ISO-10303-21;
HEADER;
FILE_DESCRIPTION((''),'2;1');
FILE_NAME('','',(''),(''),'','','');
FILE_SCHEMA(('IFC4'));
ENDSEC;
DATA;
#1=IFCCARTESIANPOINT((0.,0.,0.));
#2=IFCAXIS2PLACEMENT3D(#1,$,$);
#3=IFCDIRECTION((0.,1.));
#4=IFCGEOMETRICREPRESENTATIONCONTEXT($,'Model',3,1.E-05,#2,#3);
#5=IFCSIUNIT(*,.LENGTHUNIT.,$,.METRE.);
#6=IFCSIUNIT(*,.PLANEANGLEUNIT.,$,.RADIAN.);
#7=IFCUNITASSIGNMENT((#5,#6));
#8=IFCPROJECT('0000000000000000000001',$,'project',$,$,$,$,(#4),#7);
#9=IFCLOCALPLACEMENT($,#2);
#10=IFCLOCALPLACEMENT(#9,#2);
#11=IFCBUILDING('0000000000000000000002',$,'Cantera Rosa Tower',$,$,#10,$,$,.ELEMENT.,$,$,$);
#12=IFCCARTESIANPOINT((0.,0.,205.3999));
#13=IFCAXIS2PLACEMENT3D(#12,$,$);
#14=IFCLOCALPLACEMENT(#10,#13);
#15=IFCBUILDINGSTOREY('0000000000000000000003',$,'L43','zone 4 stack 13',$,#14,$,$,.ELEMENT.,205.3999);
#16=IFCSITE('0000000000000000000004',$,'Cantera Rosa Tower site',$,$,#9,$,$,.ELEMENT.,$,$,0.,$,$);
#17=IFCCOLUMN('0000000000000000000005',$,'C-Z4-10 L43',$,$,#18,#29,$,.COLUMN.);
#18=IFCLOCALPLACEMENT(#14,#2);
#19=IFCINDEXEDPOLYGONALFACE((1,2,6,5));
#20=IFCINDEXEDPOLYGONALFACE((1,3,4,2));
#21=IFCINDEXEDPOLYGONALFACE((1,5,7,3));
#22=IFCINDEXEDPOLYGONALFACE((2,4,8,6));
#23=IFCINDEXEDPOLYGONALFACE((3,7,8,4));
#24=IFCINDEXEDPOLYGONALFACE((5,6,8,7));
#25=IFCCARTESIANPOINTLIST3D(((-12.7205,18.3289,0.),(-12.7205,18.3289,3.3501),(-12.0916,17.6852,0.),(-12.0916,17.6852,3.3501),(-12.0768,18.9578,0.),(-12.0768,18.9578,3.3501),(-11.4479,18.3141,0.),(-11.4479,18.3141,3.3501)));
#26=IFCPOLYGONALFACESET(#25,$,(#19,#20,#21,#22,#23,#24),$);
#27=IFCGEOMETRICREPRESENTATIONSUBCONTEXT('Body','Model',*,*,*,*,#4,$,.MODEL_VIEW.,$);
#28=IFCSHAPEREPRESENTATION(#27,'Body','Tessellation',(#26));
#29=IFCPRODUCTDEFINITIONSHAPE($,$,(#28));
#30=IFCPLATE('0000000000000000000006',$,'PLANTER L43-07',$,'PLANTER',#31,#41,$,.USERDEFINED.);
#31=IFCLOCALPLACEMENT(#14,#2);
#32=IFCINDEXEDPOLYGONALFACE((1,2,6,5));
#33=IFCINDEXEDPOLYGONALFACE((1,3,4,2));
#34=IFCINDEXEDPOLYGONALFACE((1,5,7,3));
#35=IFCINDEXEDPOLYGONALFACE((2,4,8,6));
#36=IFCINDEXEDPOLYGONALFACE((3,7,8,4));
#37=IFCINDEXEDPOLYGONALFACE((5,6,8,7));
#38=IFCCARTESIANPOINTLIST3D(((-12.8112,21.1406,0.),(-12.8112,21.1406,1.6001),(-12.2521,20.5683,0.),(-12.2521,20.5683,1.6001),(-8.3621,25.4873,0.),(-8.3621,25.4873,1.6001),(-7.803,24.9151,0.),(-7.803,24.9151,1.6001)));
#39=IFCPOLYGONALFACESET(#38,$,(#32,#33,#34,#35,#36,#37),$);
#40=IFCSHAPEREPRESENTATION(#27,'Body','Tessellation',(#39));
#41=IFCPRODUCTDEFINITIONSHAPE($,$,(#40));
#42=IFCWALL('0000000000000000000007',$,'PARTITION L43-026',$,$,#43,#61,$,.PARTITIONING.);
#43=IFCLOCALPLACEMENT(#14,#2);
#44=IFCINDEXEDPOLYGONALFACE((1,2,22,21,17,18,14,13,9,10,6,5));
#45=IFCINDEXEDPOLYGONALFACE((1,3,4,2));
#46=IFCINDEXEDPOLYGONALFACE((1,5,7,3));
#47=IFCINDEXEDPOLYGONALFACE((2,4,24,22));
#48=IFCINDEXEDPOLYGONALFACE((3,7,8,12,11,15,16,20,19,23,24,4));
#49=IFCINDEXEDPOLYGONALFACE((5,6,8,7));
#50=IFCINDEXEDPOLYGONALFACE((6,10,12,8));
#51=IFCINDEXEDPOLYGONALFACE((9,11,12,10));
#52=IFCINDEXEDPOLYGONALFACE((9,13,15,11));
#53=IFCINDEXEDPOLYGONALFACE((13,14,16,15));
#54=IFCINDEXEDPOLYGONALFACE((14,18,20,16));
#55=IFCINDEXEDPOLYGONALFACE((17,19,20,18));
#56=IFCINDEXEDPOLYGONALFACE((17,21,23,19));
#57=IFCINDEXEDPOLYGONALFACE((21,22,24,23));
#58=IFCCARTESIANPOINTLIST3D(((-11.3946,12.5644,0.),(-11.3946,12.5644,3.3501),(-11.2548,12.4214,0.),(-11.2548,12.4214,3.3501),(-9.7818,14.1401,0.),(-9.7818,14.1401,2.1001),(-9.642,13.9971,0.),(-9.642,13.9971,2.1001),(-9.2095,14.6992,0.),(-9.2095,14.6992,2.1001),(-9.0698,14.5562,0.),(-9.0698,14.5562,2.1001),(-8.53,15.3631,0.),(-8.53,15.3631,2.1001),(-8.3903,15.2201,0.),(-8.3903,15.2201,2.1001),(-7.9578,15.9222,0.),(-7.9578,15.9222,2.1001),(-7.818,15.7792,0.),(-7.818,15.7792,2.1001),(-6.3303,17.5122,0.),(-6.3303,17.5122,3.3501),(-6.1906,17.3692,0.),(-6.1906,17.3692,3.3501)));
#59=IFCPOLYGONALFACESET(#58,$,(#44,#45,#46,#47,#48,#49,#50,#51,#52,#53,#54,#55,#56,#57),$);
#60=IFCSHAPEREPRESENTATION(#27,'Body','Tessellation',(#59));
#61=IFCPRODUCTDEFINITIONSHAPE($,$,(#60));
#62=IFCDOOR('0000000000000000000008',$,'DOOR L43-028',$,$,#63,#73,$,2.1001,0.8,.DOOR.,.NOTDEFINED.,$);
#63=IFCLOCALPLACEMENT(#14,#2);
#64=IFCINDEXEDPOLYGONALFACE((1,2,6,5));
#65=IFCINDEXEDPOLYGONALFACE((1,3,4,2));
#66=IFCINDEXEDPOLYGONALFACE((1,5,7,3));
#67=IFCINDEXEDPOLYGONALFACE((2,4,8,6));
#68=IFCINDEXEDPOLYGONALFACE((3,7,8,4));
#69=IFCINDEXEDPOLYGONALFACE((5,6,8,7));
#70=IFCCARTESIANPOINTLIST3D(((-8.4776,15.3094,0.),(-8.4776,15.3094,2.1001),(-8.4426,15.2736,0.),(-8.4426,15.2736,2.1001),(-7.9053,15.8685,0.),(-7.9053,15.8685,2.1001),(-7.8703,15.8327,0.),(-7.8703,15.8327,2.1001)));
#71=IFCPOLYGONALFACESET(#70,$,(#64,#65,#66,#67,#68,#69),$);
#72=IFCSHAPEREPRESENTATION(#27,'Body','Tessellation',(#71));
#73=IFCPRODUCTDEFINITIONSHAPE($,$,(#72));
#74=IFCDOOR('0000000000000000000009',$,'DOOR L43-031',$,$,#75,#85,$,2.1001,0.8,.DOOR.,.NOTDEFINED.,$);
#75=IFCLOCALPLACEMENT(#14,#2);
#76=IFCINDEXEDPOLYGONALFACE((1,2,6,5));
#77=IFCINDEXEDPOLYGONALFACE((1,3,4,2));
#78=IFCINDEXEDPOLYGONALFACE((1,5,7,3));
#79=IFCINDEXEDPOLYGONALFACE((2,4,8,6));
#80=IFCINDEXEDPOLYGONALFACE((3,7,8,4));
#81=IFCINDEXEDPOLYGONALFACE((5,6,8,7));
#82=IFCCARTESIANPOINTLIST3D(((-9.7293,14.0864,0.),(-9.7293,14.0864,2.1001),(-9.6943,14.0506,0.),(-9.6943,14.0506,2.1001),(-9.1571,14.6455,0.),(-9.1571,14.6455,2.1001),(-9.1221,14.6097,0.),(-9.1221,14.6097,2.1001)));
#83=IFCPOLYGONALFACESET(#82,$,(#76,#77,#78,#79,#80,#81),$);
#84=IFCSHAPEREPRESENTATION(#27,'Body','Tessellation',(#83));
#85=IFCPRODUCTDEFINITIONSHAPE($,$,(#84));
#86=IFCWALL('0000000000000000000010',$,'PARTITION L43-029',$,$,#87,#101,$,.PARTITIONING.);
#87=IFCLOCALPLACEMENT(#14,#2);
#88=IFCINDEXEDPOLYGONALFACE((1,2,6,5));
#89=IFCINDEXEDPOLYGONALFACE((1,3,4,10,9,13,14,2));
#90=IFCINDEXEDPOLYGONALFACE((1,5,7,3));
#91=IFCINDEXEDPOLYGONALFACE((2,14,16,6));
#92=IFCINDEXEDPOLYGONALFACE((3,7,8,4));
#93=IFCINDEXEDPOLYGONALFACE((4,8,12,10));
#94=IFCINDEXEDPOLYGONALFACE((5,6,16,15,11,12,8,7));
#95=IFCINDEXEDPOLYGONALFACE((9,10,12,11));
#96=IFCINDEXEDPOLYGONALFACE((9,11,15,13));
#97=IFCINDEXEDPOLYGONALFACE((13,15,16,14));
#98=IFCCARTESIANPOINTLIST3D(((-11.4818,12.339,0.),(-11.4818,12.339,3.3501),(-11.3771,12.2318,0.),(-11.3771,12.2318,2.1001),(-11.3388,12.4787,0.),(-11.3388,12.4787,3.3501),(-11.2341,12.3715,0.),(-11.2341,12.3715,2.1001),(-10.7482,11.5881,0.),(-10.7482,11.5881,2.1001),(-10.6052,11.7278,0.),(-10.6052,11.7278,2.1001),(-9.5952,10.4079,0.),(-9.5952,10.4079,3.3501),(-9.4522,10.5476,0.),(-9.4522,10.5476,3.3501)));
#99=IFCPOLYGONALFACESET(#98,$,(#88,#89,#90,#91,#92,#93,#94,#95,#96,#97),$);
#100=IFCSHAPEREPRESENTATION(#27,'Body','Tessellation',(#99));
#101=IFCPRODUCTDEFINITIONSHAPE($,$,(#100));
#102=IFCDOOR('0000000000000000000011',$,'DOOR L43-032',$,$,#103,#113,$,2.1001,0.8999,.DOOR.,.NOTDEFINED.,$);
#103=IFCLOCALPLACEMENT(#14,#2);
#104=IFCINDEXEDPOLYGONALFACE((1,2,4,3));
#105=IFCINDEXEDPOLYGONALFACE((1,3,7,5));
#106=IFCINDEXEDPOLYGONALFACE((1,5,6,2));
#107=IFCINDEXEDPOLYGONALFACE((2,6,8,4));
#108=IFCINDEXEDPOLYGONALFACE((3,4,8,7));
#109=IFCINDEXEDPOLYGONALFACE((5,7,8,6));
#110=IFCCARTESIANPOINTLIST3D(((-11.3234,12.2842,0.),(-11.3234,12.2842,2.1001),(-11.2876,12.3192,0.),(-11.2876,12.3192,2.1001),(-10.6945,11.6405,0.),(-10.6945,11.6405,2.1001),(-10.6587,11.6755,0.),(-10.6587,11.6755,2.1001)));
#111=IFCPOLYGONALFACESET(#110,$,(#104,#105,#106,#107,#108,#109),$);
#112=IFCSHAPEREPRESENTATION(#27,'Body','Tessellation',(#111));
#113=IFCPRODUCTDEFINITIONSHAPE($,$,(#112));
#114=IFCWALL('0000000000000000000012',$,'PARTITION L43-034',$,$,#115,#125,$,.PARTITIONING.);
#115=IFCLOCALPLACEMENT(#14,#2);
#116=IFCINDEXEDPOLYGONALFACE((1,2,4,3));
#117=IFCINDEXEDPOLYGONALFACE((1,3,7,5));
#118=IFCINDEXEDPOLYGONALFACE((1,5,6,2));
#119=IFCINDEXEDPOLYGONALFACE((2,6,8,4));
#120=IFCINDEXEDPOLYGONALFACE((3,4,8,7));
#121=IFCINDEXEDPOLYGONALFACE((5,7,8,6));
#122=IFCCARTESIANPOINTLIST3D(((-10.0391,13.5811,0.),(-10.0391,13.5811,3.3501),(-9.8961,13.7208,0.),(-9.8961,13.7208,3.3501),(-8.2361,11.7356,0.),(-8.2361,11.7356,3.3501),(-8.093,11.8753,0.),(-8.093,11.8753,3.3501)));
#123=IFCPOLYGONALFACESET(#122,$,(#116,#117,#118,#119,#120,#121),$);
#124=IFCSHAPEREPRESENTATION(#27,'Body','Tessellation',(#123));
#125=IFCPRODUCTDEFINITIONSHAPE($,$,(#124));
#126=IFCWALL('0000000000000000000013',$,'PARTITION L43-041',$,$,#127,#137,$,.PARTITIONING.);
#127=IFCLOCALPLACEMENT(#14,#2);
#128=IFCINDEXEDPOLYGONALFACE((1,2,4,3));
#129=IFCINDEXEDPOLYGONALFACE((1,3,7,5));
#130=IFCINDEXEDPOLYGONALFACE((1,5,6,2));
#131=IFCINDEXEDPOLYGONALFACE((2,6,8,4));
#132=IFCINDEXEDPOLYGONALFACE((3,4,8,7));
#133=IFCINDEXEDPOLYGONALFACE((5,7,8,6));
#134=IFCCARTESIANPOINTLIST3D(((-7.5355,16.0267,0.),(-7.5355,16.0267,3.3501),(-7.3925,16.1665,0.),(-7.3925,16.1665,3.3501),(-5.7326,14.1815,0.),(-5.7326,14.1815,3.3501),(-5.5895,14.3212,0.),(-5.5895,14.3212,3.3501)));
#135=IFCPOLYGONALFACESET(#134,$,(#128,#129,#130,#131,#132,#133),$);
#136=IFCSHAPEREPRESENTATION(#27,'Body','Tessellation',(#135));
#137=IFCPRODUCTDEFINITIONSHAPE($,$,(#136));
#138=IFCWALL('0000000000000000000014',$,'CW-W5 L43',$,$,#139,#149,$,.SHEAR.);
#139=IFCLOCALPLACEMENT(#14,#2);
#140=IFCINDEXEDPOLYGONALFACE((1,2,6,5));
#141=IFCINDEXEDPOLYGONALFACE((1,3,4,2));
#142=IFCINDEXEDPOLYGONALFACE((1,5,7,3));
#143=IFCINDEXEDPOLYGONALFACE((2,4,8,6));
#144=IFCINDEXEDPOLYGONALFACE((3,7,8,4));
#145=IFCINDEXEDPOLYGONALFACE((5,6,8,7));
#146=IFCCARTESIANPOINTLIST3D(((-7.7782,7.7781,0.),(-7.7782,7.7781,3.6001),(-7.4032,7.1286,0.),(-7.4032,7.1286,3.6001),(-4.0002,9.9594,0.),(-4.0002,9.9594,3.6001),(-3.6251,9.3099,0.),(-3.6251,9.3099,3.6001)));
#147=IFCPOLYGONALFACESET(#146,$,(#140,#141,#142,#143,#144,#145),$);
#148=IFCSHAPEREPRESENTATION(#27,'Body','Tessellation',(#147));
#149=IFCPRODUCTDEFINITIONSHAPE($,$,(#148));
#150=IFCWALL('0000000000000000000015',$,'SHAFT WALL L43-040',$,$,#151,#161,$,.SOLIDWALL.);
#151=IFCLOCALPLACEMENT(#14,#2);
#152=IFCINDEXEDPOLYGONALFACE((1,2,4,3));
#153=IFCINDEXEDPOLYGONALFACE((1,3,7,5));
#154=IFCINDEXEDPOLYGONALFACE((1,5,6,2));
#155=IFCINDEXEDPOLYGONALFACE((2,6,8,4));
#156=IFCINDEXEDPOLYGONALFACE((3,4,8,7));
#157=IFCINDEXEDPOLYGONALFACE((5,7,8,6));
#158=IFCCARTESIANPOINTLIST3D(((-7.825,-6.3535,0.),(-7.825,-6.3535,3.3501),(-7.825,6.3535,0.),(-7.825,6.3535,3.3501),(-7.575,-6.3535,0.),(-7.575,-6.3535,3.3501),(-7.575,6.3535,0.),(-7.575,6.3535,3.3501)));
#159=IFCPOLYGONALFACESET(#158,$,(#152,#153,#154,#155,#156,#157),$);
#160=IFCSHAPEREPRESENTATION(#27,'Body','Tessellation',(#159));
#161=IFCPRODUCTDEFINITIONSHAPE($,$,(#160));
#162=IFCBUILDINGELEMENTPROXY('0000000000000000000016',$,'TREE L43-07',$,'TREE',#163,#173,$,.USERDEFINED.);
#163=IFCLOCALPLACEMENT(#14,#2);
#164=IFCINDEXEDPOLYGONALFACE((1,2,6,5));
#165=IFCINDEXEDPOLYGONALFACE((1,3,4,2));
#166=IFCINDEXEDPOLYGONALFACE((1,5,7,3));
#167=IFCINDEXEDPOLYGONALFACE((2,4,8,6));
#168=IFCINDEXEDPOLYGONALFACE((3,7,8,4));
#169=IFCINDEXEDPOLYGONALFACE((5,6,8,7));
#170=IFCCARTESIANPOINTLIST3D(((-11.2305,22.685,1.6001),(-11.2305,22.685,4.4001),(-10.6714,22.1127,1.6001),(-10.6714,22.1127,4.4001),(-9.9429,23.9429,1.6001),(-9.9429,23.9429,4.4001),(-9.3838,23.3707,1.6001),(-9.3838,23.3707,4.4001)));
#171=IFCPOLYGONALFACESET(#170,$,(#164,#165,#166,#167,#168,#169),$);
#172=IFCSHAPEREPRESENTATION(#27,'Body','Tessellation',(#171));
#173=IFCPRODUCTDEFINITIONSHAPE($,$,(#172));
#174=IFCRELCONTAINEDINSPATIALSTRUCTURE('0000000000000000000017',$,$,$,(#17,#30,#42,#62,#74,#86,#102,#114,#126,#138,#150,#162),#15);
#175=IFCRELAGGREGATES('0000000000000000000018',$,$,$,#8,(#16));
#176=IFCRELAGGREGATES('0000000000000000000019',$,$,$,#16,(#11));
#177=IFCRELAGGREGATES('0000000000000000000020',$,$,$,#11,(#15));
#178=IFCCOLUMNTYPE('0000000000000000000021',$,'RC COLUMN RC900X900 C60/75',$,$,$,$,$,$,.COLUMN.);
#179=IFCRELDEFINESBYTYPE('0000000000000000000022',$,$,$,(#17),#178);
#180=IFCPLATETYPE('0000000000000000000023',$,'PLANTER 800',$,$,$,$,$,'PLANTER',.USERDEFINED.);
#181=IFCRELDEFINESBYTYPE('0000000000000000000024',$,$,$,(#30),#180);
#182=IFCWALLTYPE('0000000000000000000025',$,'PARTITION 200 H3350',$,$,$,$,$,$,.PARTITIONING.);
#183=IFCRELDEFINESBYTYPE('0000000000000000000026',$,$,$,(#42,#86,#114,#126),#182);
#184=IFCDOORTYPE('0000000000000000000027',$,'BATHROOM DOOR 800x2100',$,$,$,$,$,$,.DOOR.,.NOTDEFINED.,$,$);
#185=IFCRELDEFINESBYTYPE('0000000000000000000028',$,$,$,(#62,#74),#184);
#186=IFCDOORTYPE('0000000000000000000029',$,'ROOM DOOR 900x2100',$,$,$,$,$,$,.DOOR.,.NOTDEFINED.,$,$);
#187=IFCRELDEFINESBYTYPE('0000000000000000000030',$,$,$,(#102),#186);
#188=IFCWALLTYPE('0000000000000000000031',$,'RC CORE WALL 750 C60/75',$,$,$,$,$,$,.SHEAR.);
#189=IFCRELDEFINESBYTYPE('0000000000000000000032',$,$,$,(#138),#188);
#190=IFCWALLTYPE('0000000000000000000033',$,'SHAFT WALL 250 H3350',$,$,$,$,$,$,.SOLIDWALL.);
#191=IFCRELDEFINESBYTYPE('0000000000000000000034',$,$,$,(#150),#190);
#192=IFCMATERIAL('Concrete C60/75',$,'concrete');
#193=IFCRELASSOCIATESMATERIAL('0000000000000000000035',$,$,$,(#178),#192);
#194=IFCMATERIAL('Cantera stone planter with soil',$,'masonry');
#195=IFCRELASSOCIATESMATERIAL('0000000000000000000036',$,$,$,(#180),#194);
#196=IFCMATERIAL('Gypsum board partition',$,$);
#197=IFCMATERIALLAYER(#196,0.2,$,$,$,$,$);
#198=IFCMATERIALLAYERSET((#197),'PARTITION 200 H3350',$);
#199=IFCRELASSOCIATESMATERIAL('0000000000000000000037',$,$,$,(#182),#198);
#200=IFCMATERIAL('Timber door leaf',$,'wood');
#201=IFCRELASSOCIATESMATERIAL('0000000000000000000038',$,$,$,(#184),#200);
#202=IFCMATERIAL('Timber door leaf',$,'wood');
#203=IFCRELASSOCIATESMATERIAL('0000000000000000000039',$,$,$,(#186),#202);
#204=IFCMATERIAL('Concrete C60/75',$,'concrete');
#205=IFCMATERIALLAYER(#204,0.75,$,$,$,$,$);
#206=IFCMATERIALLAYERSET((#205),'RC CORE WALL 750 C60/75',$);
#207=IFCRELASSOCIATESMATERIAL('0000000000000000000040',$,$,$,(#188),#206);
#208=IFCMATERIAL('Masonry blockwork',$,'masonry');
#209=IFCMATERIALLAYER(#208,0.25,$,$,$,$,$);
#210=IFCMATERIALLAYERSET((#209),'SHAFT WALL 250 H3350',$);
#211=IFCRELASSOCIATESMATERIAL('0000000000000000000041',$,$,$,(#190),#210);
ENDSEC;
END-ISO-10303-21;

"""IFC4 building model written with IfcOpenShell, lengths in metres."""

from ifc_helpers import new_model, si_unit, direction, frame, frame_2d, origin, origin_2d, place, context, subcontext, project, spatial, rectangle, extrude, material, layer, layer_set, material_profile, profile_set, type_object, element, fill, save


model = new_model("IFC4")

# Units and contexts
model_context = context("Model", 3, precision=1e-05, world=origin(), true_north=direction((0.0, 1.0)))
body_context = subcontext(model_context, "Body", "Model", "MODEL_VIEW")
ifc_project = project(units=[si_unit("LENGTHUNIT", "METRE"), si_unit("PLANEANGLEUNIT", "RADIAN")], contexts=[model_context])

# Site, building, storey
site_placement = place(None, origin())
site = spatial("IfcSite", under=ifc_project, at=site_placement, Name="Cantera Rosa Tower site", CompositionType="ELEMENT", RefElevation=0.0)
building_placement = place(site_placement, origin())
building = spatial("IfcBuilding", under=site, at=building_placement, Name="Cantera Rosa Tower", CompositionType="ELEMENT")
storey_placement = place(building_placement, frame((0.0, 0.0, 205.3999)))
storey = spatial("IfcBuildingStorey", under=building, at=storey_placement, Name="L43", Description="zone 4 stack 13", CompositionType="ELEMENT", Elevation=205.3999)

# Column
ifc_material_1 = material(Name="Concrete C60/75", Category="concrete")
ifc_material_profile = material_profile(ifc_material_1, rectangle(XDim=0.8999, YDim=0.8999, at=origin_2d()), Name="RC COLUMN RC900X900 C60/75")
ifc_profile_set = profile_set([ifc_material_profile], Name="Concrete C60/75")
column_type = type_object("IfcColumnType", Name="RC COLUMN RC900X900 C60/75", PredefinedType="COLUMN", material=ifc_profile_set)
column_placement = place(storey_placement, frame((-12.0842, 18.3215, 0.0), z_axis=(0.0, 0.0, 1.0), x_axis=(0.715286, 0.698832, 0.0)))
element("IfcColumn", 1, at=column_placement, inside=storey, type_object=column_type, Name="C-Z4-10 L43", PredefinedType="COLUMN", context=body_context, shape_type="SweptSolid", body=[
    extrude(rectangle(XDim=0.8999, YDim=0.8999, at=origin_2d()), origin(), (0.0, 0.0, 1.0), 3.3501),
])

# Plate
ifc_material_2 = material(Name="Cantera stone planter with soil", Category="masonry")
plate_type = type_object("IfcPlateType", Name="PLANTER 800", ElementType="PLANTER", PredefinedType="USERDEFINED", material=ifc_material_2)
plate_placement = place(storey_placement, frame((-10.3071, 23.0278, 0.0), z_axis=(0.0, 0.0, 1.0), x_axis=(-0.715286, -0.698832, 0.0)))
element("IfcPlate", 2, at=plate_placement, inside=storey, type_object=plate_type, Name="PLANTER L43-07", ObjectType="PLANTER", PredefinedType="USERDEFINED", context=body_context, shape_type="SweptSolid", body=[
    extrude(rectangle(XDim=6.22, YDim=0.8, at=origin_2d()), origin(), (0.0, 0.0, 1.0), 1.6001),
])

# Wall, openings, doors
ifc_material_3 = material(Name="Gypsum board partition")
ifc_layer_1 = layer(ifc_material_3, 0.2)
ifc_layer_set_1 = layer_set([ifc_layer_1], Name="PARTITION 200 H3350")
wall_type_1 = type_object("IfcWallType", Name="PARTITION 200 H3350", PredefinedType="PARTITIONING", material=ifc_layer_set_1)
wall_1_placement = place(storey_placement, frame((-11.3247, 12.4929, 0.0), z_axis=(0.0, 0.0, 1.0), x_axis=(0.715283, 0.698835, 0.0)))
wall_1 = element("IfcWall", 3, at=wall_1_placement, inside=storey, type_object=wall_type_1, Name="PARTITION L43-026", PredefinedType="PARTITIONING", context=body_context, shape_type="SweptSolid", body=[
    extrude(rectangle(XDim=7.0801, YDim=0.2, at=frame_2d((3.54, 0.0))), origin(), (0.0, 0.0, 1.0), 3.3501),
])
opening_1_placement = place(wall_1_placement, frame((4.0049, 0.0, 0.0)))
opening_1 = element("IfcOpeningElement", 4, at=opening_1_placement, cuts=wall_1, PredefinedType="OPENING", context=body_context, shape_type="SweptSolid", body=[
    extrude(rectangle(XDim=0.8, YDim=2.1001, at=frame_2d((0.3999, 1.05))), frame((0.0, 0.1099, 0.0), z_axis=(0.0, -1.0, 0.0), x_axis=(1.0, 0.0, 0.0)), (0.0, 0.0, 1.0), 0.22),
])
opening_2_placement = place(wall_1_placement, frame((2.2549, 0.0, 0.0)))
opening_2 = element("IfcOpeningElement", 5, at=opening_2_placement, cuts=wall_1, PredefinedType="OPENING", context=body_context, shape_type="SweptSolid", body=[
    extrude(rectangle(XDim=0.8, YDim=2.1001, at=frame_2d((0.3999, 1.05))), frame((0.0, 0.1099, 0.0), z_axis=(0.0, -1.0, 0.0), x_axis=(1.0, 0.0, 0.0)), (0.0, 0.0, 1.0), 0.22),
])
ifc_material_4 = material(Name="Timber door leaf", Category="wood")
door_type_1 = type_object("IfcDoorType", Name="BATHROOM DOOR 800x2100", OperationType="NOTDEFINED", PredefinedType="DOOR", material=ifc_material_4)
door_1_placement = place(opening_1_placement, origin())
door_1 = element("IfcDoor", 6, at=door_1_placement, inside=storey, type_object=door_type_1, Name="DOOR L43-028", OperationType="NOTDEFINED", OverallHeight=2.1001, OverallWidth=0.8, PredefinedType="DOOR", context=body_context, shape_type="SweptSolid", body=[
    extrude(rectangle(XDim=0.8, YDim=2.1001, at=frame_2d((0.3999, 1.05))), frame((0.0, 0.0249, 0.0), z_axis=(0.0, -1.0, 0.0), x_axis=(1.0, 0.0, 0.0)), (0.0, 0.0, 1.0), 0.05),
])
fill(opening_1, door_1)
door_2_placement = place(opening_2_placement, origin())
door_2 = element("IfcDoor", 7, at=door_2_placement, inside=storey, type_object=door_type_1, Name="DOOR L43-031", OperationType="NOTDEFINED", OverallHeight=2.1001, OverallWidth=0.8, PredefinedType="DOOR", context=body_context, shape_type="SweptSolid", body=[
    extrude(rectangle(XDim=0.8, YDim=2.1001, at=frame_2d((0.3999, 1.05))), frame((0.0, 0.0249, 0.0), z_axis=(0.0, -1.0, 0.0), x_axis=(1.0, 0.0, 0.0)), (0.0, 0.0, 1.0), 0.05),
])
fill(opening_2, door_2)

# Wall, opening, door
wall_2_placement = place(storey_placement, frame((-9.5237, 10.4778, 0.0), z_axis=(0.0, 0.0, 1.0), x_axis=(-0.69883, 0.715288, 0.0)))
wall_2 = element("IfcWall", 8, at=wall_2_placement, inside=storey, type_object=wall_type_1, Name="PARTITION L43-029", PredefinedType="PARTITIONING", context=body_context, shape_type="SweptSolid", body=[
    extrude(rectangle(XDim=2.6997, YDim=0.2, at=frame_2d((1.3499, 0.0))), origin(), (0.0, 0.0, 1.0), 3.3501),
])
opening_3_placement = place(wall_2_placement, frame((1.6499, 0.0, 0.0)))
opening_3 = element("IfcOpeningElement", 9, at=opening_3_placement, cuts=wall_2, PredefinedType="OPENING", context=body_context, shape_type="SweptSolid", body=[
    extrude(rectangle(XDim=0.8999, YDim=2.1001, at=frame_2d((0.45, 1.05))), frame((0.0, 0.1099, 0.0), z_axis=(0.0, -1.0, 0.0), x_axis=(1.0, 0.0, 0.0)), (0.0, 0.0, 1.0), 0.22),
])
ifc_material_5 = material(Name="Timber door leaf", Category="wood")
door_type_2 = type_object("IfcDoorType", Name="ROOM DOOR 900x2100", OperationType="NOTDEFINED", PredefinedType="DOOR", material=ifc_material_5)
door_3_placement = place(opening_3_placement, origin())
door_3 = element("IfcDoor", 10, at=door_3_placement, inside=storey, type_object=door_type_2, Name="DOOR L43-032", OperationType="NOTDEFINED", OverallHeight=2.1001, OverallWidth=0.8999, PredefinedType="DOOR", context=body_context, shape_type="SweptSolid", body=[
    extrude(rectangle(XDim=0.8999, YDim=2.1001, at=frame_2d((0.45, 1.05))), frame((0.0, 0.0249, 0.0), z_axis=(0.0, -1.0, 0.0), x_axis=(1.0, 0.0, 0.0)), (0.0, 0.0, 1.0), 0.05),
])
fill(opening_3, door_3)

# Walls
wall_3_placement = place(storey_placement, frame((-8.1646, 11.8054, 0.0), z_axis=(0.0, 0.0, 1.0), x_axis=(-0.698826, 0.715291, 0.0)))
element("IfcWall", 11, at=wall_3_placement, inside=storey, type_object=wall_type_1, Name="PARTITION L43-034", PredefinedType="PARTITIONING", context=body_context, shape_type="SweptSolid", body=[
    extrude(rectangle(XDim=2.5801, YDim=0.2, at=frame_2d((1.29, 0.0))), origin(), (0.0, 0.0, 1.0), 3.3501),
])
wall_4_placement = place(storey_placement, frame((-7.4641, 16.0967, 0.0), z_axis=(0.0, 0.0, 1.0), x_axis=(0.698874, -0.715245, 0.0)))
element("IfcWall", 12, at=wall_4_placement, inside=storey, type_object=wall_type_1, Name="PARTITION L43-041", PredefinedType="PARTITIONING", context=body_context, shape_type="SweptSolid", body=[
    extrude(rectangle(XDim=2.5798, YDim=0.2, at=frame_2d((1.29, 0.0))), origin(), (0.0, 0.0, 1.0), 3.3501),
])
ifc_material_6 = material(Name="Concrete C60/75", Category="concrete")
ifc_layer_2 = layer(ifc_material_6, 0.75)
ifc_layer_set_2 = layer_set([ifc_layer_2], Name="RC CORE WALL 750 C60/75")
wall_type_2 = type_object("IfcWallType", Name="RC CORE WALL 750 C60/75", PredefinedType="SHEAR", material=ifc_layer_set_2)
wall_5_placement = place(storey_placement, frame((-7.5906, 7.4534, 0.0), z_axis=(0.0, 0.0, 1.0), x_axis=(0.866013, 0.500021, 0.0)))
element("IfcWall", 13, at=wall_5_placement, inside=storey, type_object=wall_type_2, Name="CW-W5 L43", PredefinedType="SHEAR", context=body_context, shape_type="SweptSolid", body=[
    extrude(rectangle(XDim=4.3625, YDim=0.75, at=frame_2d((2.1812, 0.0))), origin(), (0.0, 0.0, 1.0), 3.6001),
])
ifc_material_7 = material(Name="Masonry blockwork", Category="masonry")
ifc_layer_3 = layer(ifc_material_7, 0.25)
ifc_layer_set_3 = layer_set([ifc_layer_3], Name="SHAFT WALL 250 H3350")
wall_type_3 = type_object("IfcWallType", Name="SHAFT WALL 250 H3350", PredefinedType="SOLIDWALL", material=ifc_layer_set_3)
wall_6_placement = place(storey_placement, frame((-7.7, 6.3535, 0.0), z_axis=(0.0, 0.0, 1.0), x_axis=(0.0, -1.0, 0.0)))
element("IfcWall", 14, at=wall_6_placement, inside=storey, type_object=wall_type_3, Name="SHAFT WALL L43-040", PredefinedType="SOLIDWALL", context=body_context, shape_type="SweptSolid", body=[
    extrude(rectangle(XDim=12.707, YDim=0.25, at=frame_2d((6.3535, 0.0))), origin(), (0.0, 0.0, 1.0), 3.3501),
])

# Building element proxy
proxy_placement = place(storey_placement, frame((-10.3071, 23.0278, 1.6001), z_axis=(0.0, 0.0, 1.0), x_axis=(-0.715286, -0.698832, 0.0)))
element("IfcBuildingElementProxy", 15, at=proxy_placement, inside=storey, Name="TREE L43-07", ObjectType="TREE", PredefinedType="USERDEFINED", context=body_context, shape_type="SweptSolid", body=[
    extrude(rectangle(XDim=1.8, YDim=0.8, at=origin_2d()), origin(), (0.0, 0.0, 1.0), 2.8),
])

save(model, "model.ifc")
